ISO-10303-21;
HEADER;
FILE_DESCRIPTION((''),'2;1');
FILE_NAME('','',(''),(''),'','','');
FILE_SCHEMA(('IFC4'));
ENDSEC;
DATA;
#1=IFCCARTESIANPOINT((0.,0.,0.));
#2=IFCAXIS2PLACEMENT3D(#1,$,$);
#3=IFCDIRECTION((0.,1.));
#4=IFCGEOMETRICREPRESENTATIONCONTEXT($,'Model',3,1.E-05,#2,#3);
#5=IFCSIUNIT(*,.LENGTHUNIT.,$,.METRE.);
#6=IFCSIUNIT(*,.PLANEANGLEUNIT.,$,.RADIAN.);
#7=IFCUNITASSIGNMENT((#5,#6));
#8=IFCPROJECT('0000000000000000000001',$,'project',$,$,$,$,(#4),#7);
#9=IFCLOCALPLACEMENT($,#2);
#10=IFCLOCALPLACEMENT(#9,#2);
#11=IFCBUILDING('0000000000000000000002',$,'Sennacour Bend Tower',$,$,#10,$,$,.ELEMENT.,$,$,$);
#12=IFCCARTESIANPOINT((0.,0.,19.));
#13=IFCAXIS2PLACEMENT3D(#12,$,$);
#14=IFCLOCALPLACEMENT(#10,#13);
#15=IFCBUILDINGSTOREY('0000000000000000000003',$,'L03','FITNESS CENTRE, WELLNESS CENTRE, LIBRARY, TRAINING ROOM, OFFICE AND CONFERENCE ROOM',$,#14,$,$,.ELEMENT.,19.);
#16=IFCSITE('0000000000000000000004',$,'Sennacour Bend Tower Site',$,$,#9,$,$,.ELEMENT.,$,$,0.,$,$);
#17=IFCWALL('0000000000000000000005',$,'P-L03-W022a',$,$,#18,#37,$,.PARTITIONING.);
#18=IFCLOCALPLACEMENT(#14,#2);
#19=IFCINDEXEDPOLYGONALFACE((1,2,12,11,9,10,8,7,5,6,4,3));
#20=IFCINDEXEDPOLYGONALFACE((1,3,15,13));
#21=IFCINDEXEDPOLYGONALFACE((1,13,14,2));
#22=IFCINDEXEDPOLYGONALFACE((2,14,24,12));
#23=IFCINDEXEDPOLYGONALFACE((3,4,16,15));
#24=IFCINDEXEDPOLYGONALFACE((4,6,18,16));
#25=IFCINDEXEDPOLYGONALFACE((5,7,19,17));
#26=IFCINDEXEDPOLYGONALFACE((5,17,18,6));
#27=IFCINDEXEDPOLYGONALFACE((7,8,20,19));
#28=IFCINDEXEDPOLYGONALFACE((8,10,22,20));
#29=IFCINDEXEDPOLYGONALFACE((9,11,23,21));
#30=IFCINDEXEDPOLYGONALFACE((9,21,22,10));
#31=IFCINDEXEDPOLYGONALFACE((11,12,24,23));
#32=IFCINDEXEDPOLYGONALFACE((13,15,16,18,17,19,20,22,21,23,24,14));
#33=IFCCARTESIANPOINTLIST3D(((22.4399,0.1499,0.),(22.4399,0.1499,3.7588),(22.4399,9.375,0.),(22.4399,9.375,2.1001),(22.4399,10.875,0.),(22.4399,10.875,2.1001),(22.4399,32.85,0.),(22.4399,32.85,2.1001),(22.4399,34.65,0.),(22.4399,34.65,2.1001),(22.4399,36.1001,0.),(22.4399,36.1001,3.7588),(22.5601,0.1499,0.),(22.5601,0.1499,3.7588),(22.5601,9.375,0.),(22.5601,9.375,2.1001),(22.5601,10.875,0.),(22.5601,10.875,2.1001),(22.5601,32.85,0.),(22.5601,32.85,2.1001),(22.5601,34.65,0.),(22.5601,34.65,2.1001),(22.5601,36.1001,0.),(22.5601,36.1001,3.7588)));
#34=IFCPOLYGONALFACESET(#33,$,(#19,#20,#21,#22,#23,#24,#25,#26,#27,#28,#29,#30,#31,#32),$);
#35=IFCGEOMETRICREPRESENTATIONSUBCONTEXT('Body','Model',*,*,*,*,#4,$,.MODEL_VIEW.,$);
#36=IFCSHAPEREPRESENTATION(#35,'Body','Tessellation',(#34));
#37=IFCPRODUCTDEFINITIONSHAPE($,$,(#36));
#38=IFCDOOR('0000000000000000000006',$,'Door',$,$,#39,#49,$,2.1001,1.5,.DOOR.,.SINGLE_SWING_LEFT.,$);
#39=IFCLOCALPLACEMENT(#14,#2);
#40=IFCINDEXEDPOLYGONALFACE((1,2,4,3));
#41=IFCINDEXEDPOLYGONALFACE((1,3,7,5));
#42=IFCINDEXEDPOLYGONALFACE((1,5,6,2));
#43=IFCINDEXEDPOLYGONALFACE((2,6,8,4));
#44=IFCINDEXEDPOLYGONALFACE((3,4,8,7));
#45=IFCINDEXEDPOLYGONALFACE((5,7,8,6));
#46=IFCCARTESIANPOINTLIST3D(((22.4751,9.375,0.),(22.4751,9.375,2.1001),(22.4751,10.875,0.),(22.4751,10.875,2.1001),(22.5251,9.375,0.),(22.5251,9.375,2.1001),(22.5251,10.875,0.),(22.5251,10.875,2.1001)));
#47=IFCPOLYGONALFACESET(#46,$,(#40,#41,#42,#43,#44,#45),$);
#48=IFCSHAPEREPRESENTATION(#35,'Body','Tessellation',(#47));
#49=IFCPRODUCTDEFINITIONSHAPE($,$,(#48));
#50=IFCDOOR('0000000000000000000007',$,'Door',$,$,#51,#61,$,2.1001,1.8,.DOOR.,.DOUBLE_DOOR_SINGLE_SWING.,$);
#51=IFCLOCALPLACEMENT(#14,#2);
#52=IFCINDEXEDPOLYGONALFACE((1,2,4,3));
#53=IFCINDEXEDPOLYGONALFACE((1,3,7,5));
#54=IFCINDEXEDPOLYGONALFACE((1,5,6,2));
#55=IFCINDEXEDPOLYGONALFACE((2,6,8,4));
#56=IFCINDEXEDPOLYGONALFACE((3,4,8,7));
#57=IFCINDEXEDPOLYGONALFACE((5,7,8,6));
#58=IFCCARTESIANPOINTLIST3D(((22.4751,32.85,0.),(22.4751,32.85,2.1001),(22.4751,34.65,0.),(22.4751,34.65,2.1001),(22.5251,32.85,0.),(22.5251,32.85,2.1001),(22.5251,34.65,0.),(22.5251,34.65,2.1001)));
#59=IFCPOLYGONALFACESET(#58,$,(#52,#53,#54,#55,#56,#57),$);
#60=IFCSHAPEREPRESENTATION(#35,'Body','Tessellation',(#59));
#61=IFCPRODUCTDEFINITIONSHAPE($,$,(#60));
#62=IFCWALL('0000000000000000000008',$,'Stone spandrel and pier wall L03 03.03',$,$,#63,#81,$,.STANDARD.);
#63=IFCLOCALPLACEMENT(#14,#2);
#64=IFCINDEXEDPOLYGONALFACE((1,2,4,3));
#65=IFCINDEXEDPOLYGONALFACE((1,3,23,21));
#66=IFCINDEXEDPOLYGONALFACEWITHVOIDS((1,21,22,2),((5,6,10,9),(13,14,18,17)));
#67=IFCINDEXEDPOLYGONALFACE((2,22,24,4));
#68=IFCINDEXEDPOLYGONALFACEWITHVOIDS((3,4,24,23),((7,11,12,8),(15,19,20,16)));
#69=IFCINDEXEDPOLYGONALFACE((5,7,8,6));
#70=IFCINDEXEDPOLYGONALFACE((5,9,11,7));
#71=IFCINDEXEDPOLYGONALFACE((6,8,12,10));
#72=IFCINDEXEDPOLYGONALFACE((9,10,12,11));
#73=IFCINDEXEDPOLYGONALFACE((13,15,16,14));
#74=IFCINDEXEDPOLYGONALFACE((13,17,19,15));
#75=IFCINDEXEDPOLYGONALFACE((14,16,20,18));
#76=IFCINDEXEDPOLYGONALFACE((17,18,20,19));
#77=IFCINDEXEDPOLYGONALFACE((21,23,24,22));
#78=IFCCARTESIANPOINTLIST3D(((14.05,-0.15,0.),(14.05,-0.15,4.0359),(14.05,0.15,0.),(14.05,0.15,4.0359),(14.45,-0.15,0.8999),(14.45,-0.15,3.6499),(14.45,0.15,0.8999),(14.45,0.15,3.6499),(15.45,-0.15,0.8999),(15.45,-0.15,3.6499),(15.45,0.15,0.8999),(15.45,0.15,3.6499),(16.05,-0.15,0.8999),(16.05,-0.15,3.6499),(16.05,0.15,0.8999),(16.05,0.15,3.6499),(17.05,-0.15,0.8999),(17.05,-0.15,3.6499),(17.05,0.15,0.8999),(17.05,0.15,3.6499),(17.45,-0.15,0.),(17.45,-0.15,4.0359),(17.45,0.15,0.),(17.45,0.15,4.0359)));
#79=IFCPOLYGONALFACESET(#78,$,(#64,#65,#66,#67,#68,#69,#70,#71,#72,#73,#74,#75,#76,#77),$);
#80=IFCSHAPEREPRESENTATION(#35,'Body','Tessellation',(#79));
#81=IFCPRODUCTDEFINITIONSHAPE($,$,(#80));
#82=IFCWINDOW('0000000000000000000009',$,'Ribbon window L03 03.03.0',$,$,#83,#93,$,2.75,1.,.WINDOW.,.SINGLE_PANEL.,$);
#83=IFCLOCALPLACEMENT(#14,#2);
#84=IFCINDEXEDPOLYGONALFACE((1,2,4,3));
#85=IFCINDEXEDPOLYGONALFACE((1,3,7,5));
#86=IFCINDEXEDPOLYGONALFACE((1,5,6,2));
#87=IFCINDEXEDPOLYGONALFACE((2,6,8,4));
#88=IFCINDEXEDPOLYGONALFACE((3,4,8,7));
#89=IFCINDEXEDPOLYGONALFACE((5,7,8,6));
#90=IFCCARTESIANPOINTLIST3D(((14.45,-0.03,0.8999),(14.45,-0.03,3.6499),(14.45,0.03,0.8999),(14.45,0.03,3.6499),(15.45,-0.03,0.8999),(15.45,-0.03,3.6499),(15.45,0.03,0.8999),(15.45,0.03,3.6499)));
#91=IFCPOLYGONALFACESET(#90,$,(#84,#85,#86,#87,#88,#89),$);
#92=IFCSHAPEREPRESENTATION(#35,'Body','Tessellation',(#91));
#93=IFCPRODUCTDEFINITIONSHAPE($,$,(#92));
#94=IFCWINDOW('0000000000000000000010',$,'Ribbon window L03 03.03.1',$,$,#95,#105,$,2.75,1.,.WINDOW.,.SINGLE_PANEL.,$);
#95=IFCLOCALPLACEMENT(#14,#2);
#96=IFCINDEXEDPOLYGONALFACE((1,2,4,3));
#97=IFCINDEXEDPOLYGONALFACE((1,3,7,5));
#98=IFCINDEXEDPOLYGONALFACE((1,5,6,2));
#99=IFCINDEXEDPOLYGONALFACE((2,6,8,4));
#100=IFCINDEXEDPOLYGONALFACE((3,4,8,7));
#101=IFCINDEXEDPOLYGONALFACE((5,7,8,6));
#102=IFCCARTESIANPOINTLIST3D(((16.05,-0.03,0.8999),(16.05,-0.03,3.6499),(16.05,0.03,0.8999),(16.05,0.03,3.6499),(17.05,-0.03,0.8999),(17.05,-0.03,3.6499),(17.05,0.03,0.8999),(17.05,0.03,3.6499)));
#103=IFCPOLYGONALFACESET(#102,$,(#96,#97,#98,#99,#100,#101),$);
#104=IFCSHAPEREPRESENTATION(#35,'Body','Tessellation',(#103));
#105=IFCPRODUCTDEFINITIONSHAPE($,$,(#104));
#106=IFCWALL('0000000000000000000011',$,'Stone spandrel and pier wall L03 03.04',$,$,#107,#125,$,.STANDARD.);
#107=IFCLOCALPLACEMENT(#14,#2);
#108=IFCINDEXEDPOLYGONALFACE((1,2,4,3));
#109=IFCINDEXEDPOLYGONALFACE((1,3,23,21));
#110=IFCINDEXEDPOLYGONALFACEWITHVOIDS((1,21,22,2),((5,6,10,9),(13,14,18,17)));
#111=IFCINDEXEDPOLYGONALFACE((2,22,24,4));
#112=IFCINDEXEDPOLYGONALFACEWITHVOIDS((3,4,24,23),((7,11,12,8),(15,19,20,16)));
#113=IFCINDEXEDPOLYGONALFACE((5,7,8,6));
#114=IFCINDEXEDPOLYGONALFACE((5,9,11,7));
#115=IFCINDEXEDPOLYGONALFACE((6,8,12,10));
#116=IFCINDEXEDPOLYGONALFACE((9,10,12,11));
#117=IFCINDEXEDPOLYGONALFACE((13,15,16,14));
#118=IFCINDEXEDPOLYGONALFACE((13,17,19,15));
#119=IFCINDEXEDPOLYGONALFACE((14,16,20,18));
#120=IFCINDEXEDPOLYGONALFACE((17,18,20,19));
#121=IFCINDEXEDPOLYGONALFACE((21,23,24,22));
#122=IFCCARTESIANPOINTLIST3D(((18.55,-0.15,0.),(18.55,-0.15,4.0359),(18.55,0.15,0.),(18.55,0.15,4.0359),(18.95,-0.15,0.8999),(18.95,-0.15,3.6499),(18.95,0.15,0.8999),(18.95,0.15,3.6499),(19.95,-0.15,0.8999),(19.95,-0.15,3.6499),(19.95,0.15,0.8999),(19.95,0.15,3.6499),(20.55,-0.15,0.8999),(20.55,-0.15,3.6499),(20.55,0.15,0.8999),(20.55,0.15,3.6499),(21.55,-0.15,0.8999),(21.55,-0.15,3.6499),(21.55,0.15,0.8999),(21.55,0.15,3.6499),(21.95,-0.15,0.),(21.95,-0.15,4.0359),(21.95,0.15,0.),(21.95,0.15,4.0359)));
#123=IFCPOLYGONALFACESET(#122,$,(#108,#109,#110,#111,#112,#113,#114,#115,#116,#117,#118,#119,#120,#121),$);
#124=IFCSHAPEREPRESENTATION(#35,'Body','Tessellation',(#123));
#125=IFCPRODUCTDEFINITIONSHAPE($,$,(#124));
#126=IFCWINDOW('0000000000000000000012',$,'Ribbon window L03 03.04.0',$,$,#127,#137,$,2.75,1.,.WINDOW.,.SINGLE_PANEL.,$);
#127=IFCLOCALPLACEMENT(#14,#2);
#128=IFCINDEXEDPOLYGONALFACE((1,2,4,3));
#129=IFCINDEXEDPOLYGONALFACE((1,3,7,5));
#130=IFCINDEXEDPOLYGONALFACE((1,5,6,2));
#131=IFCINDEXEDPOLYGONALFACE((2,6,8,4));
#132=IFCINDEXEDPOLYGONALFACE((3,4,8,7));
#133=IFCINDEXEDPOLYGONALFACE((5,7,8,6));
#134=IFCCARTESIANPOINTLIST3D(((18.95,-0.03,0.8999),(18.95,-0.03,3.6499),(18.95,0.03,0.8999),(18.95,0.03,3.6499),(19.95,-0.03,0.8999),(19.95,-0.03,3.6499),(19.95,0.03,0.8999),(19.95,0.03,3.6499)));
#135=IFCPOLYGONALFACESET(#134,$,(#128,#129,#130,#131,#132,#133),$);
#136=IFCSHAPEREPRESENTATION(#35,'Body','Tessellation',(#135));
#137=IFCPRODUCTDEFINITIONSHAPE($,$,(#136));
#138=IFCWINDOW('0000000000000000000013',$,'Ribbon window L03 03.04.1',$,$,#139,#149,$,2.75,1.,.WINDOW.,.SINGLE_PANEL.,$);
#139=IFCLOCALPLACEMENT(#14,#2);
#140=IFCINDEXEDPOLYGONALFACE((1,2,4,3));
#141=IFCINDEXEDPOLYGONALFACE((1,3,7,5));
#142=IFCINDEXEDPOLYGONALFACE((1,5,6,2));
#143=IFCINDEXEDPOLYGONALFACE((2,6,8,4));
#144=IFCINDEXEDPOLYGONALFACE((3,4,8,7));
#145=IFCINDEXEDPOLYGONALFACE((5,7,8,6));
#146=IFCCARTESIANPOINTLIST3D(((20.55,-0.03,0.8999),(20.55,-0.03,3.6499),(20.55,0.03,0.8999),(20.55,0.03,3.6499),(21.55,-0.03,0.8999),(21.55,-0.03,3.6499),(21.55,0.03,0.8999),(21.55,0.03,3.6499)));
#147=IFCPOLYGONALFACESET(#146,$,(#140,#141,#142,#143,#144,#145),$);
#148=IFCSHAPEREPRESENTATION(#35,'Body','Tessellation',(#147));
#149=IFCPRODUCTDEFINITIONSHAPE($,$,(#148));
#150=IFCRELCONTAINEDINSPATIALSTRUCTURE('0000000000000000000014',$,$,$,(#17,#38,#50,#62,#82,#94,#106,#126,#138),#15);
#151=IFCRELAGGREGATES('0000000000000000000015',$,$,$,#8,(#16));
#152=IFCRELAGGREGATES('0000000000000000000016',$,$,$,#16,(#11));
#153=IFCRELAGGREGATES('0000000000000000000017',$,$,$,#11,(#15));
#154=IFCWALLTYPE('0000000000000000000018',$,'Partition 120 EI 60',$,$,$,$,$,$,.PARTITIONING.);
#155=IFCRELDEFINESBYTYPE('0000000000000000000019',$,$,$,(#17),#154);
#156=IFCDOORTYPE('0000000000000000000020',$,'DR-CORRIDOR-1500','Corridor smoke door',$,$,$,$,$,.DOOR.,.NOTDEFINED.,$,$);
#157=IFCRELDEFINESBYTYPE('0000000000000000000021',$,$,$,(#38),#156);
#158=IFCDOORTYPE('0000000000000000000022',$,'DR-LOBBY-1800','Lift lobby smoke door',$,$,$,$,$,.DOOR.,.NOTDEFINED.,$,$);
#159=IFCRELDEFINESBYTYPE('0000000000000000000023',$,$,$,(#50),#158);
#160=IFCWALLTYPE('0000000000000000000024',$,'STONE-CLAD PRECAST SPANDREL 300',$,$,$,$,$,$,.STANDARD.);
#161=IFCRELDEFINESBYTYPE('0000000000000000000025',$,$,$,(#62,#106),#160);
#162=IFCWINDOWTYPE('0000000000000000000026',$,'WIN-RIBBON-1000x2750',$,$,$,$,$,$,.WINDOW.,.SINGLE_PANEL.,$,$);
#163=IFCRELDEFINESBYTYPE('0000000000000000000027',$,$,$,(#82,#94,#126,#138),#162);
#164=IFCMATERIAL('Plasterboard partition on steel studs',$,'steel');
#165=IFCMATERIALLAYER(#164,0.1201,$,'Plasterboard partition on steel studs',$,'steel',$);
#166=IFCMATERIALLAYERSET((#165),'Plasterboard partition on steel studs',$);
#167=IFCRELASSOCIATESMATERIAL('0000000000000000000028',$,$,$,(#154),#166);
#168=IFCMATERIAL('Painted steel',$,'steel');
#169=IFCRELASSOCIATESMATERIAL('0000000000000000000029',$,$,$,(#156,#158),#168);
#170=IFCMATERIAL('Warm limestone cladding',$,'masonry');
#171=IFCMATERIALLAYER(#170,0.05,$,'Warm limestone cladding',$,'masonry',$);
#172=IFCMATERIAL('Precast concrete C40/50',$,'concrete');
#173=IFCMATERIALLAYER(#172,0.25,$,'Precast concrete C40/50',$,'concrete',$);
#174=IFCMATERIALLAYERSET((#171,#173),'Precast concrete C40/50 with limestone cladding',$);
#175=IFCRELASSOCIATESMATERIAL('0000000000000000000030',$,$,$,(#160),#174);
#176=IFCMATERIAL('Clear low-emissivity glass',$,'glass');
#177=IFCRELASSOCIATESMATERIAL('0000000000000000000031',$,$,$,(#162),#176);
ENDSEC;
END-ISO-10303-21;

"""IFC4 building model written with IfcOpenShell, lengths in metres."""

from ifc_helpers import new_model, si_unit, direction, frame, frame_2d, origin, place, context, subcontext, project, spatial, rectangle, extrude, material, layer, layer_set, type_object, element, fill, save


model = new_model("IFC4")

# Units and contexts
model_context = context("Model", 3, precision=1e-05, world=origin(), true_north=direction((0.0, 1.0)))
body_context = subcontext(model_context, "Body", "Model", "MODEL_VIEW")
ifc_project = project(units=[si_unit("LENGTHUNIT", "METRE"), si_unit("PLANEANGLEUNIT", "RADIAN")], contexts=[model_context])

# Site, building, storey
site_placement = place(None, origin())
site = spatial("IfcSite", under=ifc_project, at=site_placement, Name="Sennacour Bend Tower Site", CompositionType="ELEMENT", RefElevation=0.0)
building_placement = place(site_placement, origin())
building = spatial("IfcBuilding", under=site, at=building_placement, Name="Sennacour Bend Tower", CompositionType="ELEMENT")
storey_placement = place(building_placement, frame((0.0, 0.0, 19.0)))
storey = spatial("IfcBuildingStorey", under=building, at=storey_placement, Name="L03", Description="FITNESS CENTRE, WELLNESS CENTRE, LIBRARY, TRAINING ROOM, OFFICE AND CONFERENCE ROOM", CompositionType="ELEMENT", Elevation=19.0)

# Shared definitions
ifc_material_1 = material(Name="Plasterboard partition on steel studs", Category="steel")

# Wall, openings, doors
ifc_layer_1 = layer(ifc_material_1, 0.1201, Name="Plasterboard partition on steel studs", Category="steel")
ifc_layer_set_1 = layer_set([ifc_layer_1], Name="Plasterboard partition on steel studs")
wall_type_1 = type_object("IfcWallType", Name="Partition 120 EI 60", PredefinedType="PARTITIONING", material=ifc_layer_set_1)
wall_1_placement = place(storey_placement, frame((22.5, 0.1499, 0.0), z_axis=(0.0, 0.0, 1.0), x_axis=(0.0, 1.0, 0.0)))
wall_1 = element("IfcWall", 1, at=wall_1_placement, inside=storey, type_object=wall_type_1, Name="P-L03-W022a", PredefinedType="PARTITIONING", context=body_context, shape_type="SweptSolid", body=[
    extrude(rectangle(XDim=35.9502, YDim=0.1201, at=frame_2d((17.9751, 0.0))), origin(), (0.0, 0.0, 1.0), 3.7588),
])
opening_1_placement = place(wall_1_placement, frame((9.2251, 0.0, 0.0)))
opening_1 = element("IfcOpeningElement", 2, at=opening_1_placement, cuts=wall_1, PredefinedType="OPENING", context=body_context, shape_type="SweptSolid", body=[
    extrude(rectangle(XDim=1.5, YDim=2.1001, at=frame_2d((0.75, 1.05))), frame((0.0, 0.0701, 0.0), z_axis=(0.0, -1.0, 0.0), x_axis=(1.0, 0.0, 0.0)), (0.0, 0.0, 1.0), 0.1401),
])
opening_2_placement = place(wall_1_placement, frame((32.7002, 0.0, 0.0)))
opening_2 = element("IfcOpeningElement", 3, at=opening_2_placement, cuts=wall_1, PredefinedType="OPENING", context=body_context, shape_type="SweptSolid", body=[
    extrude(rectangle(XDim=1.8, YDim=2.1001, at=frame_2d((0.8999, 1.05))), frame((0.0, 0.0701, 0.0), z_axis=(0.0, -1.0, 0.0), x_axis=(1.0, 0.0, 0.0)), (0.0, 0.0, 1.0), 0.1401),
])
ifc_material_2 = material(Name="Painted steel", Category="steel")
door_type_1 = type_object("IfcDoorType", Name="DR-CORRIDOR-1500", Description="Corridor smoke door", OperationType="NOTDEFINED", PredefinedType="DOOR", material=ifc_material_2)
door_1_placement = place(opening_1_placement, origin())
door_1 = element("IfcDoor", 4, at=door_1_placement, inside=storey, type_object=door_type_1, Name="Door", OperationType="SINGLE_SWING_LEFT", OverallHeight=2.1001, OverallWidth=1.5, PredefinedType="DOOR", context=body_context, shape_type="SweptSolid", body=[
    extrude(rectangle(XDim=1.5, YDim=2.1001, at=frame_2d((0.75, 1.05))), frame((0.0, 0.0249, 0.0), z_axis=(0.0, -1.0, 0.0), x_axis=(1.0, 0.0, 0.0)), (0.0, 0.0, 1.0), 0.05),
])
fill(opening_1, door_1)
door_type_2 = type_object("IfcDoorType", Name="DR-LOBBY-1800", Description="Lift lobby smoke door", OperationType="NOTDEFINED", PredefinedType="DOOR", material=ifc_material_2)
door_2_placement = place(opening_2_placement, origin())
door_2 = element("IfcDoor", 5, at=door_2_placement, inside=storey, type_object=door_type_2, Name="Door", OperationType="DOUBLE_DOOR_SINGLE_SWING", OverallHeight=2.1001, OverallWidth=1.8, PredefinedType="DOOR", context=body_context, shape_type="SweptSolid", body=[
    extrude(rectangle(XDim=1.8, YDim=2.1001, at=frame_2d((0.8999, 1.05))), frame((0.0, 0.0249, 0.0), z_axis=(0.0, -1.0, 0.0), x_axis=(1.0, 0.0, 0.0)), (0.0, 0.0, 1.0), 0.05),
])
fill(opening_2, door_2)

# Walls, openings, windows
ifc_material_3 = material(Name="Warm limestone cladding", Category="masonry")
ifc_layer_2 = layer(ifc_material_3, 0.05, Name="Warm limestone cladding", Category="masonry")
ifc_material_4 = material(Name="Precast concrete C40/50", Category="concrete")
ifc_layer_3 = layer(ifc_material_4, 0.25, Name="Precast concrete C40/50", Category="concrete")
ifc_layer_set_2 = layer_set([ifc_layer_2, ifc_layer_3], Name="Precast concrete C40/50 with limestone cladding")
wall_type_2 = type_object("IfcWallType", Name="STONE-CLAD PRECAST SPANDREL 300", PredefinedType="STANDARD", material=ifc_layer_set_2)
wall_2_placement = place(storey_placement, frame((14.05, 0.0, 0.0), z_axis=(0.0, 0.0, 1.0), x_axis=(1.0, 0.0, 0.0)))
wall_2 = element("IfcWall", 6, at=wall_2_placement, inside=storey, type_object=wall_type_2, Name="Stone spandrel and pier wall L03 03.03", PredefinedType="STANDARD", context=body_context, shape_type="SweptSolid", body=[
    extrude(rectangle(XDim=3.3999, YDim=0.3, at=frame_2d((1.7, 0.0))), origin(), (0.0, 0.0, 1.0), 4.0359),
])
opening_3_placement = place(wall_2_placement, frame((0.3999, 0.0, 0.8999)))
opening_3 = element("IfcOpeningElement", 7, at=opening_3_placement, cuts=wall_2, PredefinedType="OPENING", context=body_context, shape_type="SweptSolid", body=[
    extrude(rectangle(XDim=1.0, YDim=2.75, at=frame_2d((0.5, 1.375))), frame((0.0, 0.1602, 0.0), z_axis=(0.0, -1.0, 0.0), x_axis=(1.0, 0.0, 0.0)), (0.0, 0.0, 1.0), 0.3201),
])
opening_4_placement = place(wall_2_placement, frame((2.0, 0.0, 0.8999)))
opening_4 = element("IfcOpeningElement", 8, at=opening_4_placement, cuts=wall_2, PredefinedType="OPENING", context=body_context, shape_type="SweptSolid", body=[
    extrude(rectangle(XDim=1.0, YDim=2.75, at=frame_2d((0.5, 1.375))), frame((0.0, 0.1602, 0.0), z_axis=(0.0, -1.0, 0.0), x_axis=(1.0, 0.0, 0.0)), (0.0, 0.0, 1.0), 0.3201),
])
ifc_material_5 = material(Name="Clear low-emissivity glass", Category="glass")
window_type = type_object("IfcWindowType", Name="WIN-RIBBON-1000x2750", PartitioningType="SINGLE_PANEL", PredefinedType="WINDOW", material=ifc_material_5)
window_1_placement = place(opening_3_placement, origin())
window_1 = element("IfcWindow", 9, at=window_1_placement, inside=storey, type_object=window_type, Name="Ribbon window L03 03.03.0", OverallHeight=2.75, OverallWidth=1.0, PartitioningType="SINGLE_PANEL", PredefinedType="WINDOW", context=body_context, shape_type="SweptSolid", body=[
    extrude(rectangle(XDim=1.0, YDim=2.75, at=frame_2d((0.5, 1.375))), frame((0.0, 0.03, 0.0), z_axis=(0.0, -1.0, 0.0), x_axis=(1.0, 0.0, 0.0)), (0.0, 0.0, 1.0), 0.0601),
])
fill(opening_3, window_1)
window_2_placement = place(opening_4_placement, origin())
window_2 = element("IfcWindow", 10, at=window_2_placement, inside=storey, type_object=window_type, Name="Ribbon window L03 03.03.1", OverallHeight=2.75, OverallWidth=1.0, PartitioningType="SINGLE_PANEL", PredefinedType="WINDOW", context=body_context, shape_type="SweptSolid", body=[
    extrude(rectangle(XDim=1.0, YDim=2.75, at=frame_2d((0.5, 1.375))), frame((0.0, 0.03, 0.0), z_axis=(0.0, -1.0, 0.0), x_axis=(1.0, 0.0, 0.0)), (0.0, 0.0, 1.0), 0.0601),
])
fill(opening_4, window_2)
wall_3_placement = place(storey_placement, frame((18.55, 0.0, 0.0), z_axis=(0.0, 0.0, 1.0), x_axis=(1.0, 0.0, 0.0)))
wall_3 = element("IfcWall", 11, at=wall_3_placement, inside=storey, type_object=wall_type_2, Name="Stone spandrel and pier wall L03 03.04", PredefinedType="STANDARD", context=body_context, shape_type="SweptSolid", body=[
    extrude(rectangle(XDim=3.3999, YDim=0.3, at=frame_2d((1.7, 0.0))), origin(), (0.0, 0.0, 1.0), 4.0359),
])
opening_5_placement = place(wall_3_placement, frame((0.3999, 0.0, 0.8999)))
opening_5 = element("IfcOpeningElement", 12, at=opening_5_placement, cuts=wall_3, PredefinedType="OPENING", context=body_context, shape_type="SweptSolid", body=[
    extrude(rectangle(XDim=1.0, YDim=2.75, at=frame_2d((0.5, 1.375))), frame((0.0, 0.1602, 0.0), z_axis=(0.0, -1.0, 0.0), x_axis=(1.0, 0.0, 0.0)), (0.0, 0.0, 1.0), 0.3201),
])
opening_6_placement = place(wall_3_placement, frame((2.0, 0.0, 0.8999)))
opening_6 = element("IfcOpeningElement", 13, at=opening_6_placement, cuts=wall_3, PredefinedType="OPENING", context=body_context, shape_type="SweptSolid", body=[
    extrude(rectangle(XDim=1.0, YDim=2.75, at=frame_2d((0.5, 1.375))), frame((0.0, 0.1602, 0.0), z_axis=(0.0, -1.0, 0.0), x_axis=(1.0, 0.0, 0.0)), (0.0, 0.0, 1.0), 0.3201),
])
window_3_placement = place(opening_5_placement, origin())
window_3 = element("IfcWindow", 14, at=window_3_placement, inside=storey, type_object=window_type, Name="Ribbon window L03 03.04.0", OverallHeight=2.75, OverallWidth=1.0, PartitioningType="SINGLE_PANEL", PredefinedType="WINDOW", context=body_context, shape_type="SweptSolid", body=[
    extrude(rectangle(XDim=1.0, YDim=2.75, at=frame_2d((0.5, 1.375))), frame((0.0, 0.03, 0.0), z_axis=(0.0, -1.0, 0.0), x_axis=(1.0, 0.0, 0.0)), (0.0, 0.0, 1.0), 0.0601),
])
fill(opening_5, window_3)
window_4_placement = place(opening_6_placement, origin())
window_4 = element("IfcWindow", 15, at=window_4_placement, inside=storey, type_object=window_type, Name="Ribbon window L03 03.04.1", OverallHeight=2.75, OverallWidth=1.0, PartitioningType="SINGLE_PANEL", PredefinedType="WINDOW", context=body_context, shape_type="SweptSolid", body=[
    extrude(rectangle(XDim=1.0, YDim=2.75, at=frame_2d((0.5, 1.375))), frame((0.0, 0.03, 0.0), z_axis=(0.0, -1.0, 0.0), x_axis=(1.0, 0.0, 0.0)), (0.0, 0.0, 1.0), 0.0601),
])
fill(opening_6, window_4)

save(model, "model.ifc")
